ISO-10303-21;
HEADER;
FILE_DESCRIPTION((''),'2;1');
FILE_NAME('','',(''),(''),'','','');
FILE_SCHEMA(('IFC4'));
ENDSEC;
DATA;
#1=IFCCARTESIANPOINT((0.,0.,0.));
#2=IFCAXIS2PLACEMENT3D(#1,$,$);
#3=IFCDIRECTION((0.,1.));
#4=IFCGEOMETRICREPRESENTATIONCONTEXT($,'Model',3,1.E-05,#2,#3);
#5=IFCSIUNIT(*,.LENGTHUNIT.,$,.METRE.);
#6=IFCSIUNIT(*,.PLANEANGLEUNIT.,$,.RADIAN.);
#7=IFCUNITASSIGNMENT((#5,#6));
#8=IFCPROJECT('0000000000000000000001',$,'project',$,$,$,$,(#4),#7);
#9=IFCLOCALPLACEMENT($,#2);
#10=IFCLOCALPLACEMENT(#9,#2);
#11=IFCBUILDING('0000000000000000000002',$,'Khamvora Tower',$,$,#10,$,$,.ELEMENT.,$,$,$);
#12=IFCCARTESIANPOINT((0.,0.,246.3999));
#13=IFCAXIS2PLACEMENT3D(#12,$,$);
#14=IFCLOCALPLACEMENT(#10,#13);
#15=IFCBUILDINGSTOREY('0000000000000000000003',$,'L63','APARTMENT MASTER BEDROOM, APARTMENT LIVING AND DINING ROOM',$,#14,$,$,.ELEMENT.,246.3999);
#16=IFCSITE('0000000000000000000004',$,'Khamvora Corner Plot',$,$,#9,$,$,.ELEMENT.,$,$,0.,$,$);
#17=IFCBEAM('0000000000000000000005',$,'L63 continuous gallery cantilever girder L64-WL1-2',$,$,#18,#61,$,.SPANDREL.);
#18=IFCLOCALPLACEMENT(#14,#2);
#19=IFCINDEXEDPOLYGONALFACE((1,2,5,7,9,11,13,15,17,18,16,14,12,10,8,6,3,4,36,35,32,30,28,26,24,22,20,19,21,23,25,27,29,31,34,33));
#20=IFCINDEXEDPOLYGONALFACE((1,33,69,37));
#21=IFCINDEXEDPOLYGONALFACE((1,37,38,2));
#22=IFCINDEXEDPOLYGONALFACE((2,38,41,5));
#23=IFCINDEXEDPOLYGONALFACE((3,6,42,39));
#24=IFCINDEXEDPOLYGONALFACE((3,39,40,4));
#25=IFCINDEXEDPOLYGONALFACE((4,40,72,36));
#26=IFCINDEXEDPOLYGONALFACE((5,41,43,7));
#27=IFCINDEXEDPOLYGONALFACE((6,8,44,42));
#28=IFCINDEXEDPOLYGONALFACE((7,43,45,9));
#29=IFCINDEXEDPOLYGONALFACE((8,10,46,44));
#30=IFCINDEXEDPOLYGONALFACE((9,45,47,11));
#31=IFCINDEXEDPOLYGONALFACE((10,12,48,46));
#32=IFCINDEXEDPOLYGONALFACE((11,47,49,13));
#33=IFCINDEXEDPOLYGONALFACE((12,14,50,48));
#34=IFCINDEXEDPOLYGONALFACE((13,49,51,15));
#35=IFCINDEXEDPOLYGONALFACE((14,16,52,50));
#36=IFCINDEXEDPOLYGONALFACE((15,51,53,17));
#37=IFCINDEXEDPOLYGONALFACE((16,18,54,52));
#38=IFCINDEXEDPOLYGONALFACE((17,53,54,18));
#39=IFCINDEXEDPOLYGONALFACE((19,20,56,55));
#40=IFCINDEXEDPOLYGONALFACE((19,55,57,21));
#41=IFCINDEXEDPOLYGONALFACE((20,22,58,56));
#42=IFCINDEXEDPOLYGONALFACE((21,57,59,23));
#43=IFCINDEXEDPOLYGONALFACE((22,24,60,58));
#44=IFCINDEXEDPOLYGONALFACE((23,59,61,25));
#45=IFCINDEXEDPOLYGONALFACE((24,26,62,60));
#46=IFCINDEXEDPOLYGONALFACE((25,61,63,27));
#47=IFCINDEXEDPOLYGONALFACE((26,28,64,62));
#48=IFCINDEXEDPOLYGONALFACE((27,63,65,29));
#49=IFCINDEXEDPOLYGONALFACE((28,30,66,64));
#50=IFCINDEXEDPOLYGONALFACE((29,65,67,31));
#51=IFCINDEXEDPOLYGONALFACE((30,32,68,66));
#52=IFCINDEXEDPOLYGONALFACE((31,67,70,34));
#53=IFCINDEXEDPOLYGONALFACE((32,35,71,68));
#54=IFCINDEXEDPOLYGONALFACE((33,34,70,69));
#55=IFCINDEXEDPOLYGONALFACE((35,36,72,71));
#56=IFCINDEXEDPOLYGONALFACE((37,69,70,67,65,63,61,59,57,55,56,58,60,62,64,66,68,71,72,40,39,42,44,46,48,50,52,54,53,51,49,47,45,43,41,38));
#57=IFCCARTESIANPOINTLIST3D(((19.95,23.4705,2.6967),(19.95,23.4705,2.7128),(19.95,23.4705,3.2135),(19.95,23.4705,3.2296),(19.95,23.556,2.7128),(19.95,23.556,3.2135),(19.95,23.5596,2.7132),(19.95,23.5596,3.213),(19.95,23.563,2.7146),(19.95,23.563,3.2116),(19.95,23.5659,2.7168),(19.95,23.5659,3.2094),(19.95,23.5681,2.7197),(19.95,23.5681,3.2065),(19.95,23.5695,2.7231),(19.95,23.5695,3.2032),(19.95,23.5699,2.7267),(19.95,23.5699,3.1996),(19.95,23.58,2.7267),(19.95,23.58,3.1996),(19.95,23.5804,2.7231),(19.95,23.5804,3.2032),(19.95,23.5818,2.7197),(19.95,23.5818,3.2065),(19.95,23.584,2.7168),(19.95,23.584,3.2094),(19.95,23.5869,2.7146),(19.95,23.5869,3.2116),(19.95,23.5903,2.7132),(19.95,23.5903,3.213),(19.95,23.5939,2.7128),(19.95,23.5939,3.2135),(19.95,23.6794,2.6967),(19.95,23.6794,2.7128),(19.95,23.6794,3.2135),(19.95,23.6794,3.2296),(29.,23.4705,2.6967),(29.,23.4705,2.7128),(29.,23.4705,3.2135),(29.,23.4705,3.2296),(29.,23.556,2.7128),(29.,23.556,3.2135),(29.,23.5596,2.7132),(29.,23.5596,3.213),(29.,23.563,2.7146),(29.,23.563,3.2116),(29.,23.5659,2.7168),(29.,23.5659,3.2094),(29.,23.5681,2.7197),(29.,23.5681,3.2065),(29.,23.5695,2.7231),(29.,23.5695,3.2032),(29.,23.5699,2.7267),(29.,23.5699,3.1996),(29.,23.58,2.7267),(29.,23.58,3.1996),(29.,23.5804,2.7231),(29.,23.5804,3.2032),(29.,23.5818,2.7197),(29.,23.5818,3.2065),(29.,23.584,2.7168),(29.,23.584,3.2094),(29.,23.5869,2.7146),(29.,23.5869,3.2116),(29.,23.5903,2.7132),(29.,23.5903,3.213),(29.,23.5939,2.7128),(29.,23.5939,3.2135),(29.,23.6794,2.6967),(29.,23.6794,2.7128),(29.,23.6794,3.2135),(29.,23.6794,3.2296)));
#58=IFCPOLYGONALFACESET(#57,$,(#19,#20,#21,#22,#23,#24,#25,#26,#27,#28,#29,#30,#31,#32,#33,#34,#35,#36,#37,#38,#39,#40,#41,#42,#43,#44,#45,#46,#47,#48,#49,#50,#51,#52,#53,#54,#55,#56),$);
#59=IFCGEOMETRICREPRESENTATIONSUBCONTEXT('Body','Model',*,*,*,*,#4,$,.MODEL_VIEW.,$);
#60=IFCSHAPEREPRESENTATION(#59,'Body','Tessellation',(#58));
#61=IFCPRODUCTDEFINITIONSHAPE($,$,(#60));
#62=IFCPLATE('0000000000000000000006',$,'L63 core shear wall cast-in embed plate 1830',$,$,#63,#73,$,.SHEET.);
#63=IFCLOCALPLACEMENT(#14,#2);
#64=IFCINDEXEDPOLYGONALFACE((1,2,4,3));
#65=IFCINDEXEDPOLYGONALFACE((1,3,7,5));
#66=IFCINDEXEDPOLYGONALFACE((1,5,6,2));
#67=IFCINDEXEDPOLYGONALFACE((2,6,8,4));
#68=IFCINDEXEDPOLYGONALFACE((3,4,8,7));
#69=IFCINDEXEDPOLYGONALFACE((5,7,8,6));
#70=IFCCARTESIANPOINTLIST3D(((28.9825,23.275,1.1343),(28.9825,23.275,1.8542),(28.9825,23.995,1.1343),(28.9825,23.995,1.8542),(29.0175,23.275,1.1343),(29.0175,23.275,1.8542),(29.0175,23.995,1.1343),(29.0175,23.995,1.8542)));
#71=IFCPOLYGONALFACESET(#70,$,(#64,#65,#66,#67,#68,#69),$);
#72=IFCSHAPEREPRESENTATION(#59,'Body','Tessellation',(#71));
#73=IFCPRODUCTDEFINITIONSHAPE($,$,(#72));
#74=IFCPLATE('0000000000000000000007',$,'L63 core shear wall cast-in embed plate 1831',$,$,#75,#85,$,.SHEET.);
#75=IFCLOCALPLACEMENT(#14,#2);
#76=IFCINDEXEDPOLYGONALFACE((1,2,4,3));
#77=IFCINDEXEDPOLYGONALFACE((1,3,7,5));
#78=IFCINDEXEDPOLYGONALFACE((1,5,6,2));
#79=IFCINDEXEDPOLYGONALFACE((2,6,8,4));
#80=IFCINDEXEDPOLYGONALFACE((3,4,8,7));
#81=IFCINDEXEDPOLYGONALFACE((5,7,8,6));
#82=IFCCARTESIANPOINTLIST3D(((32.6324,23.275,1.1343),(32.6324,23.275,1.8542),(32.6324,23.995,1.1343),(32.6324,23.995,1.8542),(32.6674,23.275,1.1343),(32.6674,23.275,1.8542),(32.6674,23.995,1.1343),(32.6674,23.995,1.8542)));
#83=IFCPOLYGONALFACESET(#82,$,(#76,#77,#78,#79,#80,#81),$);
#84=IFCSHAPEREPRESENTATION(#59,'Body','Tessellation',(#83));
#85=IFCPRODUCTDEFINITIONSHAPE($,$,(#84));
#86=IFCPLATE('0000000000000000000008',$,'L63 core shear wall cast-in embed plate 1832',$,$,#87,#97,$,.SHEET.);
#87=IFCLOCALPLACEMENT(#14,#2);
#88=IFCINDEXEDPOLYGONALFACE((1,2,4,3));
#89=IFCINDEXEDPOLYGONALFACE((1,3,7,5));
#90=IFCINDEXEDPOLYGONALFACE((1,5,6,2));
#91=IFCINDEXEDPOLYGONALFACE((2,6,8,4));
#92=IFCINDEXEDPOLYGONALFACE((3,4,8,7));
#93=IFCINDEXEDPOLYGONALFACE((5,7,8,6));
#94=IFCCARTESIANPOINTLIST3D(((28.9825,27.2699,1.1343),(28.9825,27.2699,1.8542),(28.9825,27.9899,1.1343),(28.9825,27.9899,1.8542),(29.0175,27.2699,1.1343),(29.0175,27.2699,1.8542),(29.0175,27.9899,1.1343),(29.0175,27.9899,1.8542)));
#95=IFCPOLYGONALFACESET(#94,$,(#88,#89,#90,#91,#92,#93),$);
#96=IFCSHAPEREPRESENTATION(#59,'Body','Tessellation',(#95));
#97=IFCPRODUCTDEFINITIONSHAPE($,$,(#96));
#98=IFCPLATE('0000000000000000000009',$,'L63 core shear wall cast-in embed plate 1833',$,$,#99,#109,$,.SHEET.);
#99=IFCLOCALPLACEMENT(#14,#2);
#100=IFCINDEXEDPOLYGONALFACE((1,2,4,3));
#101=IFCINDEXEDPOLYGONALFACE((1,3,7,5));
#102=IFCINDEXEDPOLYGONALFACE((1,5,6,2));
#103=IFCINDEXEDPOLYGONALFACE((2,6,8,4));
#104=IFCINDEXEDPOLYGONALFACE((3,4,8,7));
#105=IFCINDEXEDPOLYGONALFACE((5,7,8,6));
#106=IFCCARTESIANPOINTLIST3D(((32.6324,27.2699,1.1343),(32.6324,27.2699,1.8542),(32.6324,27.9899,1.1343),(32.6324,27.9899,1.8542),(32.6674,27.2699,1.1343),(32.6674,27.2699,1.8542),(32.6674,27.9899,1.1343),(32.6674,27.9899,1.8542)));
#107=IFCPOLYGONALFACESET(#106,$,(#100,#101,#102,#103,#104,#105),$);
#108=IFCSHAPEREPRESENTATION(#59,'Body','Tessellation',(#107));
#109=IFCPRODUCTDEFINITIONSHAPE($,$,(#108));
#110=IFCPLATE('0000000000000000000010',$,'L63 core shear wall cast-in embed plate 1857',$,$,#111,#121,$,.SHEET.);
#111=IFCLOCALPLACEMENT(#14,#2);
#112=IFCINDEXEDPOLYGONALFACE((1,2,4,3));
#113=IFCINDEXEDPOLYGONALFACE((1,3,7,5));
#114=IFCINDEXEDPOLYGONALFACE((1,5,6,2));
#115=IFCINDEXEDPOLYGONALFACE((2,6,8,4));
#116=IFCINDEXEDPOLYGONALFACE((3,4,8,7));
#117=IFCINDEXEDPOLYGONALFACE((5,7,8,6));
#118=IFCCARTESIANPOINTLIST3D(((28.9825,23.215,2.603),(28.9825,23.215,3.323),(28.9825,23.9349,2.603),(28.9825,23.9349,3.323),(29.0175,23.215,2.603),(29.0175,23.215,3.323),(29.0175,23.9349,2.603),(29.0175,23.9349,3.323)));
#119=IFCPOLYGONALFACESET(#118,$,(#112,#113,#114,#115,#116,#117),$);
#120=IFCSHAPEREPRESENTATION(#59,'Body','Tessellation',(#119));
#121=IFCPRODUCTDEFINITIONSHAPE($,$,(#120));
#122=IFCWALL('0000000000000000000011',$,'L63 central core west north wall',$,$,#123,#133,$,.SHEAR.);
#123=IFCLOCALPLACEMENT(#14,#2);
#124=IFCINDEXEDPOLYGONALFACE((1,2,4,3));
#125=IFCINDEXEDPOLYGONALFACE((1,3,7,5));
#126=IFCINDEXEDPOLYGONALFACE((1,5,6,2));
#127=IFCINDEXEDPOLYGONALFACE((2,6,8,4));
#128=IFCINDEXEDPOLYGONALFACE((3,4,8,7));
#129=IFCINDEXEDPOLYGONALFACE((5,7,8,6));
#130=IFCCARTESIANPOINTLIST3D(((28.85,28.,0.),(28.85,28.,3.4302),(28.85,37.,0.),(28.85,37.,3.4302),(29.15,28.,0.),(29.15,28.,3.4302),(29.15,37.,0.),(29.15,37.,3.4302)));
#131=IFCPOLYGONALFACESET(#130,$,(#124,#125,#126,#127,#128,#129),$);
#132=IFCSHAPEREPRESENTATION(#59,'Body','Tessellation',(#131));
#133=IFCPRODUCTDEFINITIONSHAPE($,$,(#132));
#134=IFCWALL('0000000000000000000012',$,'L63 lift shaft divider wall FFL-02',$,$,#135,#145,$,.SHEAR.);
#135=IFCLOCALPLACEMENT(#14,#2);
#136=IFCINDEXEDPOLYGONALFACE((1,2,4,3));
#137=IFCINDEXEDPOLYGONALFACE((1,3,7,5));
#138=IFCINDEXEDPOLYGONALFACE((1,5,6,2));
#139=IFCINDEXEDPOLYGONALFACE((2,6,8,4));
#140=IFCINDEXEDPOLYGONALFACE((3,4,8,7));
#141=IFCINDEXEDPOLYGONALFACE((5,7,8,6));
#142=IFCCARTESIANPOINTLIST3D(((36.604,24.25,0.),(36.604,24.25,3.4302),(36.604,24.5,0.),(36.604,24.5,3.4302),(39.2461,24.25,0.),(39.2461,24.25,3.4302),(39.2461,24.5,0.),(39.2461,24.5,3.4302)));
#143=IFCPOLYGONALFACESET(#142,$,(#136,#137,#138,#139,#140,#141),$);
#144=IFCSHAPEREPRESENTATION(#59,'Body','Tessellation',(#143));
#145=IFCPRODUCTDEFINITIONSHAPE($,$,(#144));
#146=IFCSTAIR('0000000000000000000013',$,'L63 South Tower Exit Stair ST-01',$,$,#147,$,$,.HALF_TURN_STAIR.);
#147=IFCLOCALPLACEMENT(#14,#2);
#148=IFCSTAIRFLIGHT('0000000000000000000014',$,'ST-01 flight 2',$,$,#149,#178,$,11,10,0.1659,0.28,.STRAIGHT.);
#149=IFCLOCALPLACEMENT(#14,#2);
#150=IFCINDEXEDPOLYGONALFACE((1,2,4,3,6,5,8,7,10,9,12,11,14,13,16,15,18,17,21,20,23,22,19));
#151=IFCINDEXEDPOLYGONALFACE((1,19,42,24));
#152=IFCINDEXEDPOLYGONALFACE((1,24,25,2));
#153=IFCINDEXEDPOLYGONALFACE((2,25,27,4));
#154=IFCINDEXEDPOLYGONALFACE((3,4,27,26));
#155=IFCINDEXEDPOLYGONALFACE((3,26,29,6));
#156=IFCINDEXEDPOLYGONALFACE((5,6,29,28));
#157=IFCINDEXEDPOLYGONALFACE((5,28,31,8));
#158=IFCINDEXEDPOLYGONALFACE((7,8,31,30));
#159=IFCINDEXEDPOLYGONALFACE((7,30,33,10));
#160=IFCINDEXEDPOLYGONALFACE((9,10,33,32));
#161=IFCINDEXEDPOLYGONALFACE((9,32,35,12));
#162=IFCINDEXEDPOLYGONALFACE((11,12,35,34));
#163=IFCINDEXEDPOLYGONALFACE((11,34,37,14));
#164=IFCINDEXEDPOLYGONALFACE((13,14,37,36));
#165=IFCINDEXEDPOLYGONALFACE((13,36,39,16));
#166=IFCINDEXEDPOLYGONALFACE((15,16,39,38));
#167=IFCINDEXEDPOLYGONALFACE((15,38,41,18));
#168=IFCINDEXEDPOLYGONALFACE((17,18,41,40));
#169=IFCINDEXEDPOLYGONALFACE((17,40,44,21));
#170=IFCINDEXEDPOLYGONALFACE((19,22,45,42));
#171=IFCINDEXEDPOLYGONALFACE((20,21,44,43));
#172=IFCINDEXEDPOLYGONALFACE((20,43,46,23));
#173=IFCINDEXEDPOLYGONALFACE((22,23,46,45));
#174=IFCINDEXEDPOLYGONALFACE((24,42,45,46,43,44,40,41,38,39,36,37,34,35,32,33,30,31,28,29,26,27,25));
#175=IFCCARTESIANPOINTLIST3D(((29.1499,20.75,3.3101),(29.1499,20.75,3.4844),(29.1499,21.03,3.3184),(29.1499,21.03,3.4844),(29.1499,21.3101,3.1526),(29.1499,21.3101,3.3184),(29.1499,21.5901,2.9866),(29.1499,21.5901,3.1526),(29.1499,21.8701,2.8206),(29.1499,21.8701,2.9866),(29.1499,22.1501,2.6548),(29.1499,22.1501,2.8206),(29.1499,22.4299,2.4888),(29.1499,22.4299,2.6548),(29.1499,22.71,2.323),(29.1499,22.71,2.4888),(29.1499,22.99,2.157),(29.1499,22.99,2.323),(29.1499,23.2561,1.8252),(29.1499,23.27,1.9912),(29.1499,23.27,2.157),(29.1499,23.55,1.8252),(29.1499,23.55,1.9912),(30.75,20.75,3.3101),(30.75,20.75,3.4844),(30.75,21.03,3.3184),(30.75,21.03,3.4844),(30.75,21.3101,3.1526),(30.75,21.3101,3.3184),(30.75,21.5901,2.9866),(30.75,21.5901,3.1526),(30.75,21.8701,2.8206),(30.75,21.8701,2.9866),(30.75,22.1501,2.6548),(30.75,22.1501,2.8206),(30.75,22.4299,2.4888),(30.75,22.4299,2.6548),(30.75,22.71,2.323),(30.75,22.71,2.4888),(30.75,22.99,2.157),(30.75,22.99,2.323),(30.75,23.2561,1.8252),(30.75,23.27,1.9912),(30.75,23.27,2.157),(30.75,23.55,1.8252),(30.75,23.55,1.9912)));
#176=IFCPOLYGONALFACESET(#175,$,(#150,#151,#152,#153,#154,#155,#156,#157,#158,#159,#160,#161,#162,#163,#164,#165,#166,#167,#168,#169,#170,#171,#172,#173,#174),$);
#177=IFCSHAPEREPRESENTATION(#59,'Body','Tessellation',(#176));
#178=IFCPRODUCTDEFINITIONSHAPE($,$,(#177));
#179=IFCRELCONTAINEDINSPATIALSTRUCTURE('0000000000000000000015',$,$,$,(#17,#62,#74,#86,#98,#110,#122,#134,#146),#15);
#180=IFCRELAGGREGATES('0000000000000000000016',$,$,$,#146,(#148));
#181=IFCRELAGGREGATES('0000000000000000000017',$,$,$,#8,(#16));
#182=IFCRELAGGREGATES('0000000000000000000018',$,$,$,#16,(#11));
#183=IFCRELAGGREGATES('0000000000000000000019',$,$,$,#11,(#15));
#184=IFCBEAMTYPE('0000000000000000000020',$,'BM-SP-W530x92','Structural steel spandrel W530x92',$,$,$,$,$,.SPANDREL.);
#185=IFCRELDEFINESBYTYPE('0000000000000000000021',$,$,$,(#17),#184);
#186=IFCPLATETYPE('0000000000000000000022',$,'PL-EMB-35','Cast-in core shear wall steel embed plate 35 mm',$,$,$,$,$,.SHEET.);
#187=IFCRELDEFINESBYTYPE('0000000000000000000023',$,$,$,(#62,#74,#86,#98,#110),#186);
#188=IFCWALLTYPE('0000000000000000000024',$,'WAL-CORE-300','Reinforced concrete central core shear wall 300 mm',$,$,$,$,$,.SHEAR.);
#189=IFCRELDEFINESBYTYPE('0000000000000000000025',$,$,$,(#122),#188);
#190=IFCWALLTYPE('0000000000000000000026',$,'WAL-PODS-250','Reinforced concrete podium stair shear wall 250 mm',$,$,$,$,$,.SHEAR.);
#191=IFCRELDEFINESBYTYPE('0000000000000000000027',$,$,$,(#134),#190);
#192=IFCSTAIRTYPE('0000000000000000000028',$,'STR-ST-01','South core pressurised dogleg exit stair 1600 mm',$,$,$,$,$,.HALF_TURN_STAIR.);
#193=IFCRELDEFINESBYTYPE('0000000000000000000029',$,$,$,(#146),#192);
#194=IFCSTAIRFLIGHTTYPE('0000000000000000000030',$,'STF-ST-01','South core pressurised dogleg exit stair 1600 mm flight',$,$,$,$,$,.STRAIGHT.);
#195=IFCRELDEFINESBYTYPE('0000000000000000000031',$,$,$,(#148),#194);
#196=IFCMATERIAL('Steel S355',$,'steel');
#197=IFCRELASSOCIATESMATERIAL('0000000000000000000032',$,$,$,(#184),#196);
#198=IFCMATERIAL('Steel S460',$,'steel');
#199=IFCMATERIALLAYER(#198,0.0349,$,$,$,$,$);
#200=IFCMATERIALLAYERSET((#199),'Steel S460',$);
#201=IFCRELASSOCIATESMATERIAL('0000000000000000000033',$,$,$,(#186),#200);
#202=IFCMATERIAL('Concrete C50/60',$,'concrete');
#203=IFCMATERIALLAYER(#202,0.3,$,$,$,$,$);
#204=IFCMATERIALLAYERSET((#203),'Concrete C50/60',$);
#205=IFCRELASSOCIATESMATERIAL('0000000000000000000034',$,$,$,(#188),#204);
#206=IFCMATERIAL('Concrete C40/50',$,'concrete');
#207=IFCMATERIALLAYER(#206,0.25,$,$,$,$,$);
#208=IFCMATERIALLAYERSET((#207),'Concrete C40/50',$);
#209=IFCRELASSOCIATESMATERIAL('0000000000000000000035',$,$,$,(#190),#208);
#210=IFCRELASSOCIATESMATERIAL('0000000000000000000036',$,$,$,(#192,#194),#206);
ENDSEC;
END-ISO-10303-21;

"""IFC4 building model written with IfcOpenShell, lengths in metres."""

from ifc_helpers import new_model, si_unit, direction, frame, frame_2d, origin, origin_2d, place, context, subcontext, project, spatial, polyline, rectangle, i_section, outline, extrude, material, layer, layer_set, material_profile, profile_set, type_object, element, aggregate, save


model = new_model("IFC4")

# Units and contexts
model_context = context("Model", 3, precision=1e-05, world=origin(), true_north=direction((0.0, 1.0)))
body_context = subcontext(model_context, "Body", "Model", "MODEL_VIEW")
ifc_project = project(units=[si_unit("LENGTHUNIT", "METRE"), si_unit("PLANEANGLEUNIT", "RADIAN")], contexts=[model_context])

# Site, building, storey
site_placement = place(None, origin())
site = spatial("IfcSite", under=ifc_project, at=site_placement, Name="Khamvora Corner Plot", CompositionType="ELEMENT", RefElevation=0.0)
building_placement = place(site_placement, origin())
building = spatial("IfcBuilding", under=site, at=building_placement, Name="Khamvora Tower", CompositionType="ELEMENT")
storey_placement = place(building_placement, frame((0.0, 0.0, 246.3999)))
storey = spatial("IfcBuildingStorey", under=building, at=storey_placement, Name="L63", Description="APARTMENT MASTER BEDROOM, APARTMENT LIVING AND DINING ROOM", CompositionType="ELEMENT", Elevation=246.3999)

# Beam
ifc_material_1 = material(Name="Steel S355", Category="steel")
ifc_material_profile_1 = material_profile(ifc_material_1, i_section(OverallWidth=0.209, OverallDepth=0.533, WebThickness=0.01, FlangeThickness=0.0161, FilletRadius=0.0139, at=origin_2d()), Name="W530x92")
ifc_profile_set_1 = profile_set([ifc_material_profile_1], Name="Steel S355")
beam_type_1 = type_object("IfcBeamType", Name="BM-SP-W530x92", Description="Structural steel spandrel W530x92", PredefinedType="SPANDREL", material=ifc_profile_set_1)
beam_1_placement = place(storey_placement, frame((29.0, 23.575, 2.9631), z_axis=(-1.0, 0.0, 0.0), x_axis=(0.0, -1.0, 0.0)))
element("IfcBeam", 1, at=beam_1_placement, inside=storey, type_object=beam_type_1, Name="L63 continuous gallery cantilever girder L64-WL1-2", PredefinedType="SPANDREL", context=body_context, shape_type="SweptSolid", body=[
    extrude(i_section(OverallWidth=0.209, OverallDepth=0.533, WebThickness=0.01, FlangeThickness=0.0161, FilletRadius=0.0139, at=origin_2d()), origin(), (0.0, 0.0, 1.0), 9.05),
])

# Plates
ifc_material_2 = material(Name="Steel S460", Category="steel")
ifc_layer_1 = layer(ifc_material_2, 0.0349)
ifc_layer_set_1 = layer_set([ifc_layer_1], Name="Steel S460")
plate_type = type_object("IfcPlateType", Name="PL-EMB-35", Description="Cast-in core shear wall steel embed plate 35 mm", PredefinedType="SHEET", material=ifc_layer_set_1)
for number, where, z_axis, x_axis, name in (
    (2, (29.0, 23.635, 1.1343), (0.0, 0.0, 1.0), (1.0, 0.0, 0.0), "L63 core shear wall cast-in embed plate 1830"),
    (3, (32.6499, 23.635, 1.1343), (0.0, 0.0, 1.0), (1.0, 0.0, 0.0), "L63 core shear wall cast-in embed plate 1831"),
    (4, (29.0, 27.6299, 1.1343), (0.0, 0.0, 1.0), (1.0, 0.0, 0.0), "L63 core shear wall cast-in embed plate 1832"),
    (5, (32.6499, 27.6299, 1.1343), (0.0, 0.0, 1.0), (1.0, 0.0, 0.0), "L63 core shear wall cast-in embed plate 1833"),
    (6, (29.0, 23.575, 2.603), (0.0, 0.0, 1.0), (1.0, 0.0, 0.0), "L63 core shear wall cast-in embed plate 1857"),
):
    element("IfcPlate", number, at=place(storey_placement, frame(where, z_axis=z_axis, x_axis=x_axis)), inside=storey, type_object=plate_type, Name=name, PredefinedType="SHEET", context=body_context, shape_type="SweptSolid", body=[
        extrude(rectangle(XDim=0.0349, YDim=0.72, at=origin_2d()), origin(), (0.0, 0.0, 1.0), 0.72),
    ])

# Wall
ifc_material_3 = material(Name="Concrete C50/60", Category="concrete")
ifc_layer_2 = layer(ifc_material_3, 0.3)
ifc_layer_set_2 = layer_set([ifc_layer_2], Name="Concrete C50/60")
wall_type_1 = type_object("IfcWallType", Name="WAL-CORE-300", Description="Reinforced concrete central core shear wall 300 mm", PredefinedType="SHEAR", material=ifc_layer_set_2)
wall_1_placement = place(storey_placement, frame((29.0, 28.0, 0.0), z_axis=(0.0, 0.0, 1.0), x_axis=(0.0, 1.0, 0.0)))
element("IfcWall", 7, at=wall_1_placement, inside=storey, type_object=wall_type_1, Name="L63 central core west north wall", PredefinedType="SHEAR", context=body_context, shape_type="SweptSolid", body=[
    extrude(rectangle(XDim=9.0, YDim=0.3, at=frame_2d((4.5, 0.0))), origin(), (0.0, 0.0, 1.0), 3.4302),
])

# Wall
ifc_material_4 = material(Name="Concrete C40/50", Category="concrete")
ifc_layer_3 = layer(ifc_material_4, 0.25)
ifc_layer_set_3 = layer_set([ifc_layer_3], Name="Concrete C40/50")
wall_type_2 = type_object("IfcWallType", Name="WAL-PODS-250", Description="Reinforced concrete podium stair shear wall 250 mm", PredefinedType="SHEAR", material=ifc_layer_set_3)
wall_2_placement = place(storey_placement, frame((36.604, 24.375, 0.0), z_axis=(0.0, 0.0, 1.0), x_axis=(1.0, 0.0, 0.0)))
element("IfcWall", 8, at=wall_2_placement, inside=storey, type_object=wall_type_2, Name="L63 lift shaft divider wall FFL-02", PredefinedType="SHEAR", context=body_context, shape_type="SweptSolid", body=[
    extrude(rectangle(XDim=2.6421, YDim=0.25, at=frame_2d((1.321, 0.0))), origin(), (0.0, 0.0, 1.0), 3.4302),
])

# Stair, stair flight
stair_type = type_object("IfcStairType", Name="STR-ST-01", Description="South core pressurised dogleg exit stair 1600 mm", PredefinedType="HALF_TURN_STAIR", material=ifc_material_4)
stair_placement = place(storey_placement, origin())
stair = element("IfcStair", 9, at=stair_placement, inside=storey, type_object=stair_type, Name="L63 South Tower Exit Stair ST-01", PredefinedType="HALF_TURN_STAIR")
stair_flight_type = type_object("IfcStairFlightType", Name="STF-ST-01", Description="South core pressurised dogleg exit stair 1600 mm flight", PredefinedType="STRAIGHT", material=ifc_material_4)
stair_flight_placement = place(storey_placement, frame((29.95, 23.55, 1.8252), z_axis=(0.0, 0.0, 1.0), x_axis=(0.0, -1.0, 0.0)))
stair_flight = element("IfcStairFlight", 10, at=stair_flight_placement, type_object=stair_flight_type, Name="ST-01 flight 2", NumberOfRisers=11, NumberOfTreads=10, PredefinedType="STRAIGHT", RiserHeight=0.1659, TreadLength=0.28, context=body_context, shape_type="SweptSolid", body=[
    extrude(outline(polyline([(0.0, 0.0), (0.0, 0.166), (0.28, 0.166), (0.28, 0.3318), (0.5601, 0.3318), (0.5601, 0.4978), (0.8401, 0.4978), (0.8401, 0.6636), (1.1201, 0.6636), (1.1201, 0.8296), (1.3999, 0.8296), (1.3999, 0.9954), (1.6799, 0.9954), (1.6799, 1.1614), (1.96, 1.1614), (1.96, 1.3274), (2.24, 1.3274), (2.24, 1.4932), (2.52, 1.4932), (2.52, 1.6592), (2.8, 1.6592), (2.8, 1.825), (2.8, 1.4849), (0.2939, 0.0), (0.0, 0.0)])), frame((0.0, 0.8, 0.0), z_axis=(0.0, -1.0, 0.0), x_axis=(1.0, 0.0, 0.0)), (0.0, 0.0, 1.0), 1.6001),
])
aggregate(stair, [stair_flight])

save(model, "model.ifc")
